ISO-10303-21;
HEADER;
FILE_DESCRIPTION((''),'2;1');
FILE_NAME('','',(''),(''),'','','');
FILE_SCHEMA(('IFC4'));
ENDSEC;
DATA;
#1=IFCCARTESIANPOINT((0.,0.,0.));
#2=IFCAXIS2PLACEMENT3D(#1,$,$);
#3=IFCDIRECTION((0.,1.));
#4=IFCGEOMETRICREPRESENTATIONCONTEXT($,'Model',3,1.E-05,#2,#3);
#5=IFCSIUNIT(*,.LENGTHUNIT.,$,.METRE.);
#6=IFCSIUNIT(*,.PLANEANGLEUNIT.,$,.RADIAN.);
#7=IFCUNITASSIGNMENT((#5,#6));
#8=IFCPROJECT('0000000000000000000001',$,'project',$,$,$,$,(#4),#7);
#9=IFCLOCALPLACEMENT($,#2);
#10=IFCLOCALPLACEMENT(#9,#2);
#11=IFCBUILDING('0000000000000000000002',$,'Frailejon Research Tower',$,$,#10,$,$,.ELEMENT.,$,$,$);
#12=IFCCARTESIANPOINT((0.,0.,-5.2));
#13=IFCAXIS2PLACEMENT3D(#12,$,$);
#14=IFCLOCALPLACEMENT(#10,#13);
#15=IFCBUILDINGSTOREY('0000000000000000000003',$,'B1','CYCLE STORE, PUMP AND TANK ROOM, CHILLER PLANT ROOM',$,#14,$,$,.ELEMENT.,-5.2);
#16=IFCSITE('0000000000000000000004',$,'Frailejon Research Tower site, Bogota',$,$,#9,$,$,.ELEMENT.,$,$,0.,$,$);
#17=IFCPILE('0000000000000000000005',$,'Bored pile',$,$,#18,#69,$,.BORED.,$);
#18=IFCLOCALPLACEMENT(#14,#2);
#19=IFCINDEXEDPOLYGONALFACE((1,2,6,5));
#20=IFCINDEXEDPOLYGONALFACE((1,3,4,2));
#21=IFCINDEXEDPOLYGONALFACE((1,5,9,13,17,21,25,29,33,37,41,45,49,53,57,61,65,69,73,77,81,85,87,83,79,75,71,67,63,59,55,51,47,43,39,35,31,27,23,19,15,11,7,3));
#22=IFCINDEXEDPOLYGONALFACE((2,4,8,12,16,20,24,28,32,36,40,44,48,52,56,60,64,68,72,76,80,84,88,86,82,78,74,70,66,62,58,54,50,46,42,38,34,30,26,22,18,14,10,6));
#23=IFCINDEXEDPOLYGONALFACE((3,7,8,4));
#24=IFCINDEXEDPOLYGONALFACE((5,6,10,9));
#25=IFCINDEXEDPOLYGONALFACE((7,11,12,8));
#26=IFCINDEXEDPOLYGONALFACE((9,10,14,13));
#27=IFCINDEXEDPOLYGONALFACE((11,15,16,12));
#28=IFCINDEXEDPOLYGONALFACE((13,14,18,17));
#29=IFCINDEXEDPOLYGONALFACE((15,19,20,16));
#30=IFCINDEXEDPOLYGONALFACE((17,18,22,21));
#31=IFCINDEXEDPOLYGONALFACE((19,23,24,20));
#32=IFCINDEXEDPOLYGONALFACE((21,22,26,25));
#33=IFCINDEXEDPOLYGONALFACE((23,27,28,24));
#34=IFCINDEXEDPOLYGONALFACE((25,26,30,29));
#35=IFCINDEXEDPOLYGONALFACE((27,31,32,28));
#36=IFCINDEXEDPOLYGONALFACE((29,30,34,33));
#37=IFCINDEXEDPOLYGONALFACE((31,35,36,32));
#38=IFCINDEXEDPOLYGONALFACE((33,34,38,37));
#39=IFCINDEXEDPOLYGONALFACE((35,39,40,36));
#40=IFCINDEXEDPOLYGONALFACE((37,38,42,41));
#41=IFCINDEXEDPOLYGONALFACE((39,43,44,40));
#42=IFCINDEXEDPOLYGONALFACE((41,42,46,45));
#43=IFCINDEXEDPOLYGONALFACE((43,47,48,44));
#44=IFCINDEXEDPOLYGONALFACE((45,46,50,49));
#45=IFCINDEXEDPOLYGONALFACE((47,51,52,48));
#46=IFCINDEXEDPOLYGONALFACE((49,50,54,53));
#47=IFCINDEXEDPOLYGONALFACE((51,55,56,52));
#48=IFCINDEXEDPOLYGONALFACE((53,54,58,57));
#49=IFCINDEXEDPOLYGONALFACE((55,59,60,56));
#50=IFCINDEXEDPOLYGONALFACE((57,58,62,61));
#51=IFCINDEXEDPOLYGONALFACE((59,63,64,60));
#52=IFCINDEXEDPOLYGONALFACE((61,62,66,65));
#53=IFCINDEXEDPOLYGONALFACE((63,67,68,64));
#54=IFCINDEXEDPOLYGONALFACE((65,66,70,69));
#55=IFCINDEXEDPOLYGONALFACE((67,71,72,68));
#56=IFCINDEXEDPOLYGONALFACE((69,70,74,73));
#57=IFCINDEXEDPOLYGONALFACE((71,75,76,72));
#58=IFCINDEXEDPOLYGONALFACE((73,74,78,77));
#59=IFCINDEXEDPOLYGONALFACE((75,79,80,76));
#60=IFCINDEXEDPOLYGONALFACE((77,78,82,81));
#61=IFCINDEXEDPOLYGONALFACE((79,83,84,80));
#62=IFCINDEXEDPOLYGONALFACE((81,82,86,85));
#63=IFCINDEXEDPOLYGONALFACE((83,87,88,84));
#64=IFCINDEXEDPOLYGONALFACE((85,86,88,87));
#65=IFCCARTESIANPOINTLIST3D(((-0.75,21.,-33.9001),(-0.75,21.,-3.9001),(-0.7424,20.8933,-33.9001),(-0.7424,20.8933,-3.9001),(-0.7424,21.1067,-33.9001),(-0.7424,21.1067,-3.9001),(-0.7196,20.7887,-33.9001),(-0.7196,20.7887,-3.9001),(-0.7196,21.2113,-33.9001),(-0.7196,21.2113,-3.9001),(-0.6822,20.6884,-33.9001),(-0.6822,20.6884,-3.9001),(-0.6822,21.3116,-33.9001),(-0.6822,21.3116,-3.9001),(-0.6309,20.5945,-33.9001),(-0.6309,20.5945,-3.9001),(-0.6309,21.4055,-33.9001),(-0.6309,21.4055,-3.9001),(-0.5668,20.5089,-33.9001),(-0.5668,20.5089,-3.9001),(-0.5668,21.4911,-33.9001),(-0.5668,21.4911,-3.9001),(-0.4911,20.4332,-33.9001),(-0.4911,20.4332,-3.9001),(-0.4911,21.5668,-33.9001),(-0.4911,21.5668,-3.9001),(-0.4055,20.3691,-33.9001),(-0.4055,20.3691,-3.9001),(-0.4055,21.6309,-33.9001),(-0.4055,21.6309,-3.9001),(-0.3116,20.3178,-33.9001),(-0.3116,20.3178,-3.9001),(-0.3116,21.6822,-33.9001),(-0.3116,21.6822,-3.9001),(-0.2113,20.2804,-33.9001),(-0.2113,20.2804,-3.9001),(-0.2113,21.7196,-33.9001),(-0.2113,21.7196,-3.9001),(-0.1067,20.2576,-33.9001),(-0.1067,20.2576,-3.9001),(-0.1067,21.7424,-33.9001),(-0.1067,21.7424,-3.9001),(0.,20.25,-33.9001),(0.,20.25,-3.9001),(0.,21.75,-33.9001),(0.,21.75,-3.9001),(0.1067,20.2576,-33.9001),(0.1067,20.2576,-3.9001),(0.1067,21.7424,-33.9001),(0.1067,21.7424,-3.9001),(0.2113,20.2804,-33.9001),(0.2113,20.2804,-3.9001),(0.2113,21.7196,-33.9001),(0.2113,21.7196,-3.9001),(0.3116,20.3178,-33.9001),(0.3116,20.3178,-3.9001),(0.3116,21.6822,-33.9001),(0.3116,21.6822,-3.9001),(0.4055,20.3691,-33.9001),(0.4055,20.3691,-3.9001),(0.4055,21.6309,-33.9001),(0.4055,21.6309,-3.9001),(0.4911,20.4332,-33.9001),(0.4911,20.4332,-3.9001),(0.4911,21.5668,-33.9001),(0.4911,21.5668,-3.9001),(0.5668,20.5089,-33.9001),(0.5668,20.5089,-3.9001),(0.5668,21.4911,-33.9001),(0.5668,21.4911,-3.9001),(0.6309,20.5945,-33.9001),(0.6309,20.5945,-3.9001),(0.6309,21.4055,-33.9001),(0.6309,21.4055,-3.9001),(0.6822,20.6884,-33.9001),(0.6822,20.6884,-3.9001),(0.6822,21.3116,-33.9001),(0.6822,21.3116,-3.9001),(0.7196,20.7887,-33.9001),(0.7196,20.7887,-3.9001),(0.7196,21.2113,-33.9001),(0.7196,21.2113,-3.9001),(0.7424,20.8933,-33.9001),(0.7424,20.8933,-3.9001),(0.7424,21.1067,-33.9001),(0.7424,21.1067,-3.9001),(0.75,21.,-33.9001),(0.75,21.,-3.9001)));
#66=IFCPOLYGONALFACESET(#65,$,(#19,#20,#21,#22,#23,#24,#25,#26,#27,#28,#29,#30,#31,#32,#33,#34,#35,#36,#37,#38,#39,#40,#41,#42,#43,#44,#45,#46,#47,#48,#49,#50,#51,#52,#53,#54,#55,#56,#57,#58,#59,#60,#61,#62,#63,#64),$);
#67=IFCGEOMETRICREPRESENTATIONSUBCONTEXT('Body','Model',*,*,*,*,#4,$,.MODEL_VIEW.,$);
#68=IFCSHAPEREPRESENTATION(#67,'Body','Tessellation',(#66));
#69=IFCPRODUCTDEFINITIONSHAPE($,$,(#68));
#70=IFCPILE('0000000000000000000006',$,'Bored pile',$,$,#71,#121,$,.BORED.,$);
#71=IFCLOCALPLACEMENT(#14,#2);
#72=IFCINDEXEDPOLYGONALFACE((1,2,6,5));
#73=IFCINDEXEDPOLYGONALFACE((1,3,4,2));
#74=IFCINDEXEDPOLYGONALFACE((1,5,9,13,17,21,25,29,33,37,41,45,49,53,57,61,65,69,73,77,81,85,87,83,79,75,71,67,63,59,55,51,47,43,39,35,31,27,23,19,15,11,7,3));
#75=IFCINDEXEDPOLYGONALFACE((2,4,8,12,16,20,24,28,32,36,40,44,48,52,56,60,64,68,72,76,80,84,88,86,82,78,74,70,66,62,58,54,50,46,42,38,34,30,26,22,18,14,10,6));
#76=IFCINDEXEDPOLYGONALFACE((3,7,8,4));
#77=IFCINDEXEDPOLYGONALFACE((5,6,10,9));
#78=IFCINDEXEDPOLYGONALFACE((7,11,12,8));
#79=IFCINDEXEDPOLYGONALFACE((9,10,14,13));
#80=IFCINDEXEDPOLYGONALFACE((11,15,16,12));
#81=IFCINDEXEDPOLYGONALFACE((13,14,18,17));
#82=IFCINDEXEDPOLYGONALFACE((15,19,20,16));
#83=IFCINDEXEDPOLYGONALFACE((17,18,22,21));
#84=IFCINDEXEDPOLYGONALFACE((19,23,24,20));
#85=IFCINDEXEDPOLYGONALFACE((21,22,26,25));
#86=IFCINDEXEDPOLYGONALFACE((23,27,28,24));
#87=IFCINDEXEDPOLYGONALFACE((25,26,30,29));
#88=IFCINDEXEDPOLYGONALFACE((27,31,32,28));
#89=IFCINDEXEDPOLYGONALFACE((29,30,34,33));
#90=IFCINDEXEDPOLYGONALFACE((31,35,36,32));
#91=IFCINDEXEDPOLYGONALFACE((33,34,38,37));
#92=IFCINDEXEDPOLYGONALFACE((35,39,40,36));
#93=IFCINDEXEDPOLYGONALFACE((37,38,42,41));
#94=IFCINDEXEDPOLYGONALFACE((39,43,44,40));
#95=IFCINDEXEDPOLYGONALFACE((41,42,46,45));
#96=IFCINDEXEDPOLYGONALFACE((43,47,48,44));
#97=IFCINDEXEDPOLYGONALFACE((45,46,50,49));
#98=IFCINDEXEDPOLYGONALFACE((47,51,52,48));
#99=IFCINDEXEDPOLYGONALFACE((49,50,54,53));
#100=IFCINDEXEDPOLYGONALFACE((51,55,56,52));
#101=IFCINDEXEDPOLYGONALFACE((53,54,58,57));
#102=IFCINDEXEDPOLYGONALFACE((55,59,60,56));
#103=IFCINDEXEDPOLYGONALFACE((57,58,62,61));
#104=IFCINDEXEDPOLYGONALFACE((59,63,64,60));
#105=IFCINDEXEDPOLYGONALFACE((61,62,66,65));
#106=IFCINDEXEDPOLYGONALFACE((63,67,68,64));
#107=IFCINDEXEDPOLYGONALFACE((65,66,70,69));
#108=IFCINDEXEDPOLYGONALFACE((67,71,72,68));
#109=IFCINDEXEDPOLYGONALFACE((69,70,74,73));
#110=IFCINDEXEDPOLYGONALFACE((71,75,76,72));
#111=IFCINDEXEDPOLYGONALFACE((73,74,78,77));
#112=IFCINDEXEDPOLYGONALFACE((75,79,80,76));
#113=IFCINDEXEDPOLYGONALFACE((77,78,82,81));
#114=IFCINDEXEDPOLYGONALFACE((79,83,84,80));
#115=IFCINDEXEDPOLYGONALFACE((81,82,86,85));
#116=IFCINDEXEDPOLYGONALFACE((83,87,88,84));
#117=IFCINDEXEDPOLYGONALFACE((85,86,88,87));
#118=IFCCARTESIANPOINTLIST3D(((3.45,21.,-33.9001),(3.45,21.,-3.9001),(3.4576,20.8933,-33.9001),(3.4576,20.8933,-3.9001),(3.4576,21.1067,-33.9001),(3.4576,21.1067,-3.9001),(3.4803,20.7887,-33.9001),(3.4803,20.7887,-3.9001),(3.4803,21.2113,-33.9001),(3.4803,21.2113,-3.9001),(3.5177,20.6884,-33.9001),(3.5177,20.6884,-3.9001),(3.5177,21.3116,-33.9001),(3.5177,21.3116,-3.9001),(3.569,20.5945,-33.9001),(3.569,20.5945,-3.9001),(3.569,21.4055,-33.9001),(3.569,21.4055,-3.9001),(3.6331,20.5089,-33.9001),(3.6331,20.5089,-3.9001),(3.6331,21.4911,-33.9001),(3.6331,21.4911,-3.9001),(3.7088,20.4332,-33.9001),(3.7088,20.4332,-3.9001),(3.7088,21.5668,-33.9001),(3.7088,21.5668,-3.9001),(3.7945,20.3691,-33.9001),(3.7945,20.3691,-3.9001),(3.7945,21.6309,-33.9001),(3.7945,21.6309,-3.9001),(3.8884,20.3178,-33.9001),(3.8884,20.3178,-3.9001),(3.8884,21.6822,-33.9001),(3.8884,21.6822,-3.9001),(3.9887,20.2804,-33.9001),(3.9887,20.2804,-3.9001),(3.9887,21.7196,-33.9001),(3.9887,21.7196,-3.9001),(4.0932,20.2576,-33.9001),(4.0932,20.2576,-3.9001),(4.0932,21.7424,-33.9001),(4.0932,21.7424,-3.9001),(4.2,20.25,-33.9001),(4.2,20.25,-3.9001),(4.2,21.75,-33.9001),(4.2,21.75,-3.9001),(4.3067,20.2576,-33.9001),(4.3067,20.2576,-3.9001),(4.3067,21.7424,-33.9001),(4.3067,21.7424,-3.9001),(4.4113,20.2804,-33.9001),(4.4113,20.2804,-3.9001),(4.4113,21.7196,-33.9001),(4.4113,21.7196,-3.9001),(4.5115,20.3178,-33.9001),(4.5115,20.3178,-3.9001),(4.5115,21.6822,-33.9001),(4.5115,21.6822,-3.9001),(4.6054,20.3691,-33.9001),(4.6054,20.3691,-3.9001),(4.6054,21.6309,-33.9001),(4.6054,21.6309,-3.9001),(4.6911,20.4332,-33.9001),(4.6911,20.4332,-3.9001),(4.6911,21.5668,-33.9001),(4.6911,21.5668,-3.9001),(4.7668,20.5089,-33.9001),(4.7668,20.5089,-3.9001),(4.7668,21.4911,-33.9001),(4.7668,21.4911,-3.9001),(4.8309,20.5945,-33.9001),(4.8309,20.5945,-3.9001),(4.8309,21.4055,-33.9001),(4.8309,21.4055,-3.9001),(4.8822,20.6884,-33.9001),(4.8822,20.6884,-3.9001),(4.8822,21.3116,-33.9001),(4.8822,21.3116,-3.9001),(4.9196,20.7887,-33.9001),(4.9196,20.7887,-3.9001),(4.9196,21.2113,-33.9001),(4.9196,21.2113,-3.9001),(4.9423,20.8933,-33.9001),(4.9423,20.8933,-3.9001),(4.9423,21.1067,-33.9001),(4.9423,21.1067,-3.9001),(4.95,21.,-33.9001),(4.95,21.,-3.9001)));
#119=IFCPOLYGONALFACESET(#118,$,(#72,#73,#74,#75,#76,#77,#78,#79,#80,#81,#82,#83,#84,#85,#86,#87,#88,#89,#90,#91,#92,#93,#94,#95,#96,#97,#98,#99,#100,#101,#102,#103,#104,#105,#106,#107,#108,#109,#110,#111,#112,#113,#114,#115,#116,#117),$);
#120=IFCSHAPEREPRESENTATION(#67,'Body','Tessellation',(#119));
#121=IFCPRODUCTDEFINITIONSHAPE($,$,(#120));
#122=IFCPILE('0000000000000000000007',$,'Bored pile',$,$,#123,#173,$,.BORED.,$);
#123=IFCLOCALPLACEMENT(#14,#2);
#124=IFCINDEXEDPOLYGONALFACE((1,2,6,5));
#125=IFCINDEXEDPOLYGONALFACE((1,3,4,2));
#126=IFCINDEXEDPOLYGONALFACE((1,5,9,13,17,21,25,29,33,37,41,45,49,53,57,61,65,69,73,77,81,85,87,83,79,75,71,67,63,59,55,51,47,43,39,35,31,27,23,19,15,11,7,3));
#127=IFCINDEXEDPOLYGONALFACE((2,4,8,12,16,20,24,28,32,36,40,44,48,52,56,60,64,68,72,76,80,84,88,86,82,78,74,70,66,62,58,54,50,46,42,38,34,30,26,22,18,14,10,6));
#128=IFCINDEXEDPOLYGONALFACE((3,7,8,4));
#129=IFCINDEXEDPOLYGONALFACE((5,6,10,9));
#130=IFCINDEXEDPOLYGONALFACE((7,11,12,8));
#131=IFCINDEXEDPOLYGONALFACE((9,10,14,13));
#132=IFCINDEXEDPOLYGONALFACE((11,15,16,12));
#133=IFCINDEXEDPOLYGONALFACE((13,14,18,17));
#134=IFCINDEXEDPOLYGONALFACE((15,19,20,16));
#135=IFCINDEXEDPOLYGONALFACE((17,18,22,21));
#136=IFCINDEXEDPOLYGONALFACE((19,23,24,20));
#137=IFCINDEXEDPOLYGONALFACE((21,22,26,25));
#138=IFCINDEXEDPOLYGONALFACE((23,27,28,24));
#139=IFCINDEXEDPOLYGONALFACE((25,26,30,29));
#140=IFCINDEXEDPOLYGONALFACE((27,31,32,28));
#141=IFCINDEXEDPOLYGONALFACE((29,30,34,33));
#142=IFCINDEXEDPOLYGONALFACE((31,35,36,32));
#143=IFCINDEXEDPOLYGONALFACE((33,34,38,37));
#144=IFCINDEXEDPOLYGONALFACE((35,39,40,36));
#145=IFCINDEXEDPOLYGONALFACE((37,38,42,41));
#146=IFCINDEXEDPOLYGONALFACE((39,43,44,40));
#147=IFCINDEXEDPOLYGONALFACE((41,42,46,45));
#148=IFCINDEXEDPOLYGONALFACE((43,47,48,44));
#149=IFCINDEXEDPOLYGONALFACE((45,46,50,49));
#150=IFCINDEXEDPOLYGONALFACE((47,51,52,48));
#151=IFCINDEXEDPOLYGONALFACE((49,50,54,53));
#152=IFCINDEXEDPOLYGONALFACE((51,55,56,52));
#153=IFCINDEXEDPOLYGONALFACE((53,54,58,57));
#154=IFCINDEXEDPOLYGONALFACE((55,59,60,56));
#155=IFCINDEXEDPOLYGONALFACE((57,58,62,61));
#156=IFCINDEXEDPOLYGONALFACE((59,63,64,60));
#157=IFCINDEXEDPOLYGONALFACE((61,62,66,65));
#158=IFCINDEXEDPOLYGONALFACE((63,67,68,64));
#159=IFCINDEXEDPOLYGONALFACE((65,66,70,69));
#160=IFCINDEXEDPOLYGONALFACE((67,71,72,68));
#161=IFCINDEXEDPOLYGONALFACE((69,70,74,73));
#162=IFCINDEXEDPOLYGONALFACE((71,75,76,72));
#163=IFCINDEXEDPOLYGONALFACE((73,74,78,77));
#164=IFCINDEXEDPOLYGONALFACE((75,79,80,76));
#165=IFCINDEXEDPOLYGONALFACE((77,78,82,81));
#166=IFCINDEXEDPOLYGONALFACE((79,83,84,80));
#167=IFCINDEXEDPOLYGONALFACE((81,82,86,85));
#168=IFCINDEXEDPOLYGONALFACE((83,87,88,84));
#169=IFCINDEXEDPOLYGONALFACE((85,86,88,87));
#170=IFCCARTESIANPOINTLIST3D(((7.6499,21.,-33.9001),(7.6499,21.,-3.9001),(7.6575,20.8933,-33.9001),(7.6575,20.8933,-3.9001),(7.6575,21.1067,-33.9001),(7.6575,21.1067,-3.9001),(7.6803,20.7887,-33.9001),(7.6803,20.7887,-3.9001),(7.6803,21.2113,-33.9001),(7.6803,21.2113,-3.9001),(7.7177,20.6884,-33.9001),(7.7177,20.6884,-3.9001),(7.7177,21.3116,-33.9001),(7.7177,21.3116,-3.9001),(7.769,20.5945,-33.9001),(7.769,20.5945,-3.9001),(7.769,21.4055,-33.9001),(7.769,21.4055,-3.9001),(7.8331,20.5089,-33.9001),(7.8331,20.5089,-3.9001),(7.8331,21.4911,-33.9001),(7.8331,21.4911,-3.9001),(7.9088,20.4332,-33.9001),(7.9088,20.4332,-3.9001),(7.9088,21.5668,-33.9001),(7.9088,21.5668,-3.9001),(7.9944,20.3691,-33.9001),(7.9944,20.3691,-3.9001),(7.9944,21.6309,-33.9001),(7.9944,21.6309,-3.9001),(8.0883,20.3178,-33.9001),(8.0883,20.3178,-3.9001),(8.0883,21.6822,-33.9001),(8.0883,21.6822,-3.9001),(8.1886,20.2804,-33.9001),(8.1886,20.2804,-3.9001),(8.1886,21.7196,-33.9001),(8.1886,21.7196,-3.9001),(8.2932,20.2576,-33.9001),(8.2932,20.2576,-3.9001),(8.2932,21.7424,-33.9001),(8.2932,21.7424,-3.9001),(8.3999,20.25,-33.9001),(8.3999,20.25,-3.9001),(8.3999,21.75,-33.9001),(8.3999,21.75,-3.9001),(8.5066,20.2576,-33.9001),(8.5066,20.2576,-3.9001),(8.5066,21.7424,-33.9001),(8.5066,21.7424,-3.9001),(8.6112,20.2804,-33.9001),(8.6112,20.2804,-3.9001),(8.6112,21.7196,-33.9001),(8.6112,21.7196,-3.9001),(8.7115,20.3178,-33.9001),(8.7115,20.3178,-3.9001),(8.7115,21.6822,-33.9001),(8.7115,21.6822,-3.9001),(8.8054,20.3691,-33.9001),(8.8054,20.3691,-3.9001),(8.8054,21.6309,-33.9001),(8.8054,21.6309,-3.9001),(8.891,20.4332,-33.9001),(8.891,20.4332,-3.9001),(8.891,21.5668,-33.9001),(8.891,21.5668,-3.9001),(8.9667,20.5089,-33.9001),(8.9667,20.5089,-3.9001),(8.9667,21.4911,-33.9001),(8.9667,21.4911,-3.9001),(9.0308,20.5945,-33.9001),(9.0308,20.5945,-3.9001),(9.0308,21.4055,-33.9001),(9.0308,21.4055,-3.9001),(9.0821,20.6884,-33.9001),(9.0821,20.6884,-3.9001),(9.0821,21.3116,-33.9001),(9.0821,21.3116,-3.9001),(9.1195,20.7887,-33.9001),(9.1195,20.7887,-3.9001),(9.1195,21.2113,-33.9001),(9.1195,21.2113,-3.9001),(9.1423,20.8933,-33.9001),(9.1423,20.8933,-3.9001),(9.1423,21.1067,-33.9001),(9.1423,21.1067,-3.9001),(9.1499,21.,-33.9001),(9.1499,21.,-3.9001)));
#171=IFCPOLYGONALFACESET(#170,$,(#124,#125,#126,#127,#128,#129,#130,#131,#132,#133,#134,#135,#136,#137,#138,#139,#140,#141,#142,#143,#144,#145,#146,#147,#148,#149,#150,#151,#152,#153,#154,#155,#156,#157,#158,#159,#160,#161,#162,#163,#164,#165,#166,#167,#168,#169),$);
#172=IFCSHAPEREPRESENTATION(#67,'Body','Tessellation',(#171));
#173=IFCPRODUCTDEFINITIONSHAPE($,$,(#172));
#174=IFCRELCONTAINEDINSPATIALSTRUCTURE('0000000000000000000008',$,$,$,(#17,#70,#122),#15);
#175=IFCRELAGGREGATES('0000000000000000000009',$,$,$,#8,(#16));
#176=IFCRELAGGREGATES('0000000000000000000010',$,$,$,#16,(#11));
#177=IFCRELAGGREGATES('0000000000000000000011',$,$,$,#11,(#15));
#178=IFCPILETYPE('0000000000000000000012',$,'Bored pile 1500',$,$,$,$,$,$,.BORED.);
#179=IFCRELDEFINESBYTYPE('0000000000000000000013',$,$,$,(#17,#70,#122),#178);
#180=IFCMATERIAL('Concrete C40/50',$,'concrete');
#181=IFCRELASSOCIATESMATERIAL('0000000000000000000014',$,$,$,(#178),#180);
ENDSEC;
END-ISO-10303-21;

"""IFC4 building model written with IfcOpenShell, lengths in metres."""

from ifc_helpers import new_model, si_unit, direction, frame, origin, origin_2d, place, context, subcontext, project, spatial, circle, extrude, material, material_profile, profile_set, type_object, element, save


model = new_model("IFC4")

# Units and contexts
model_context = context("Model", 3, precision=1e-05, world=origin(), true_north=direction((0.0, 1.0)))
body_context = subcontext(model_context, "Body", "Model", "MODEL_VIEW")
ifc_project = project(units=[si_unit("LENGTHUNIT", "METRE"), si_unit("PLANEANGLEUNIT", "RADIAN")], contexts=[model_context])

# Site, building, storey
site_placement = place(None, origin())
site = spatial("IfcSite", under=ifc_project, at=site_placement, Name="Frailejon Research Tower site, Bogota", CompositionType="ELEMENT", RefElevation=0.0)
building_placement = place(site_placement, origin())
building = spatial("IfcBuilding", under=site, at=building_placement, Name="Frailejon Research Tower", CompositionType="ELEMENT")
storey_placement = place(building_placement, frame((0.0, 0.0, -5.2)))
storey = spatial("IfcBuildingStorey", under=building, at=storey_placement, Name="B1", Description="CYCLE STORE, PUMP AND TANK ROOM, CHILLER PLANT ROOM", CompositionType="ELEMENT", Elevation=-5.2)

# Piles
ifc_material_1 = material(Name="Concrete C40/50", Category="concrete")
ifc_material_profile_1 = material_profile(ifc_material_1, circle(Radius=0.75, at=origin_2d()), Name="Bored pile 1500")
ifc_profile_set_1 = profile_set([ifc_material_profile_1], Name="Concrete C40/50")
pile_type = type_object("IfcPileType", Name="Bored pile 1500", PredefinedType="BORED", material=ifc_profile_set_1)
for number, where, z_axis, x_axis, name in (
    (1, (0.0, 21.0, -3.9001), (0.0, 0.0, -1.0), (1.0, 0.0, 0.0), "Bored pile"),
    (2, (4.2, 21.0, -3.9001), (0.0, 0.0, -1.0), (1.0, 0.0, 0.0), "Bored pile"),
    (3, (8.3999, 21.0, -3.9001), (0.0, 0.0, -1.0), (1.0, 0.0, 0.0), "Bored pile"),
):
    element("IfcPile", number, at=place(storey_placement, frame(where, z_axis=z_axis, x_axis=x_axis)), inside=storey, type_object=pile_type, Name=name, PredefinedType="BORED", context=body_context, shape_type="SweptSolid", body=[
        extrude(circle(Radius=0.75, at=origin_2d()), origin(), (0.0, 0.0, 1.0), 30.0),
    ])

save(model, "model.ifc")
